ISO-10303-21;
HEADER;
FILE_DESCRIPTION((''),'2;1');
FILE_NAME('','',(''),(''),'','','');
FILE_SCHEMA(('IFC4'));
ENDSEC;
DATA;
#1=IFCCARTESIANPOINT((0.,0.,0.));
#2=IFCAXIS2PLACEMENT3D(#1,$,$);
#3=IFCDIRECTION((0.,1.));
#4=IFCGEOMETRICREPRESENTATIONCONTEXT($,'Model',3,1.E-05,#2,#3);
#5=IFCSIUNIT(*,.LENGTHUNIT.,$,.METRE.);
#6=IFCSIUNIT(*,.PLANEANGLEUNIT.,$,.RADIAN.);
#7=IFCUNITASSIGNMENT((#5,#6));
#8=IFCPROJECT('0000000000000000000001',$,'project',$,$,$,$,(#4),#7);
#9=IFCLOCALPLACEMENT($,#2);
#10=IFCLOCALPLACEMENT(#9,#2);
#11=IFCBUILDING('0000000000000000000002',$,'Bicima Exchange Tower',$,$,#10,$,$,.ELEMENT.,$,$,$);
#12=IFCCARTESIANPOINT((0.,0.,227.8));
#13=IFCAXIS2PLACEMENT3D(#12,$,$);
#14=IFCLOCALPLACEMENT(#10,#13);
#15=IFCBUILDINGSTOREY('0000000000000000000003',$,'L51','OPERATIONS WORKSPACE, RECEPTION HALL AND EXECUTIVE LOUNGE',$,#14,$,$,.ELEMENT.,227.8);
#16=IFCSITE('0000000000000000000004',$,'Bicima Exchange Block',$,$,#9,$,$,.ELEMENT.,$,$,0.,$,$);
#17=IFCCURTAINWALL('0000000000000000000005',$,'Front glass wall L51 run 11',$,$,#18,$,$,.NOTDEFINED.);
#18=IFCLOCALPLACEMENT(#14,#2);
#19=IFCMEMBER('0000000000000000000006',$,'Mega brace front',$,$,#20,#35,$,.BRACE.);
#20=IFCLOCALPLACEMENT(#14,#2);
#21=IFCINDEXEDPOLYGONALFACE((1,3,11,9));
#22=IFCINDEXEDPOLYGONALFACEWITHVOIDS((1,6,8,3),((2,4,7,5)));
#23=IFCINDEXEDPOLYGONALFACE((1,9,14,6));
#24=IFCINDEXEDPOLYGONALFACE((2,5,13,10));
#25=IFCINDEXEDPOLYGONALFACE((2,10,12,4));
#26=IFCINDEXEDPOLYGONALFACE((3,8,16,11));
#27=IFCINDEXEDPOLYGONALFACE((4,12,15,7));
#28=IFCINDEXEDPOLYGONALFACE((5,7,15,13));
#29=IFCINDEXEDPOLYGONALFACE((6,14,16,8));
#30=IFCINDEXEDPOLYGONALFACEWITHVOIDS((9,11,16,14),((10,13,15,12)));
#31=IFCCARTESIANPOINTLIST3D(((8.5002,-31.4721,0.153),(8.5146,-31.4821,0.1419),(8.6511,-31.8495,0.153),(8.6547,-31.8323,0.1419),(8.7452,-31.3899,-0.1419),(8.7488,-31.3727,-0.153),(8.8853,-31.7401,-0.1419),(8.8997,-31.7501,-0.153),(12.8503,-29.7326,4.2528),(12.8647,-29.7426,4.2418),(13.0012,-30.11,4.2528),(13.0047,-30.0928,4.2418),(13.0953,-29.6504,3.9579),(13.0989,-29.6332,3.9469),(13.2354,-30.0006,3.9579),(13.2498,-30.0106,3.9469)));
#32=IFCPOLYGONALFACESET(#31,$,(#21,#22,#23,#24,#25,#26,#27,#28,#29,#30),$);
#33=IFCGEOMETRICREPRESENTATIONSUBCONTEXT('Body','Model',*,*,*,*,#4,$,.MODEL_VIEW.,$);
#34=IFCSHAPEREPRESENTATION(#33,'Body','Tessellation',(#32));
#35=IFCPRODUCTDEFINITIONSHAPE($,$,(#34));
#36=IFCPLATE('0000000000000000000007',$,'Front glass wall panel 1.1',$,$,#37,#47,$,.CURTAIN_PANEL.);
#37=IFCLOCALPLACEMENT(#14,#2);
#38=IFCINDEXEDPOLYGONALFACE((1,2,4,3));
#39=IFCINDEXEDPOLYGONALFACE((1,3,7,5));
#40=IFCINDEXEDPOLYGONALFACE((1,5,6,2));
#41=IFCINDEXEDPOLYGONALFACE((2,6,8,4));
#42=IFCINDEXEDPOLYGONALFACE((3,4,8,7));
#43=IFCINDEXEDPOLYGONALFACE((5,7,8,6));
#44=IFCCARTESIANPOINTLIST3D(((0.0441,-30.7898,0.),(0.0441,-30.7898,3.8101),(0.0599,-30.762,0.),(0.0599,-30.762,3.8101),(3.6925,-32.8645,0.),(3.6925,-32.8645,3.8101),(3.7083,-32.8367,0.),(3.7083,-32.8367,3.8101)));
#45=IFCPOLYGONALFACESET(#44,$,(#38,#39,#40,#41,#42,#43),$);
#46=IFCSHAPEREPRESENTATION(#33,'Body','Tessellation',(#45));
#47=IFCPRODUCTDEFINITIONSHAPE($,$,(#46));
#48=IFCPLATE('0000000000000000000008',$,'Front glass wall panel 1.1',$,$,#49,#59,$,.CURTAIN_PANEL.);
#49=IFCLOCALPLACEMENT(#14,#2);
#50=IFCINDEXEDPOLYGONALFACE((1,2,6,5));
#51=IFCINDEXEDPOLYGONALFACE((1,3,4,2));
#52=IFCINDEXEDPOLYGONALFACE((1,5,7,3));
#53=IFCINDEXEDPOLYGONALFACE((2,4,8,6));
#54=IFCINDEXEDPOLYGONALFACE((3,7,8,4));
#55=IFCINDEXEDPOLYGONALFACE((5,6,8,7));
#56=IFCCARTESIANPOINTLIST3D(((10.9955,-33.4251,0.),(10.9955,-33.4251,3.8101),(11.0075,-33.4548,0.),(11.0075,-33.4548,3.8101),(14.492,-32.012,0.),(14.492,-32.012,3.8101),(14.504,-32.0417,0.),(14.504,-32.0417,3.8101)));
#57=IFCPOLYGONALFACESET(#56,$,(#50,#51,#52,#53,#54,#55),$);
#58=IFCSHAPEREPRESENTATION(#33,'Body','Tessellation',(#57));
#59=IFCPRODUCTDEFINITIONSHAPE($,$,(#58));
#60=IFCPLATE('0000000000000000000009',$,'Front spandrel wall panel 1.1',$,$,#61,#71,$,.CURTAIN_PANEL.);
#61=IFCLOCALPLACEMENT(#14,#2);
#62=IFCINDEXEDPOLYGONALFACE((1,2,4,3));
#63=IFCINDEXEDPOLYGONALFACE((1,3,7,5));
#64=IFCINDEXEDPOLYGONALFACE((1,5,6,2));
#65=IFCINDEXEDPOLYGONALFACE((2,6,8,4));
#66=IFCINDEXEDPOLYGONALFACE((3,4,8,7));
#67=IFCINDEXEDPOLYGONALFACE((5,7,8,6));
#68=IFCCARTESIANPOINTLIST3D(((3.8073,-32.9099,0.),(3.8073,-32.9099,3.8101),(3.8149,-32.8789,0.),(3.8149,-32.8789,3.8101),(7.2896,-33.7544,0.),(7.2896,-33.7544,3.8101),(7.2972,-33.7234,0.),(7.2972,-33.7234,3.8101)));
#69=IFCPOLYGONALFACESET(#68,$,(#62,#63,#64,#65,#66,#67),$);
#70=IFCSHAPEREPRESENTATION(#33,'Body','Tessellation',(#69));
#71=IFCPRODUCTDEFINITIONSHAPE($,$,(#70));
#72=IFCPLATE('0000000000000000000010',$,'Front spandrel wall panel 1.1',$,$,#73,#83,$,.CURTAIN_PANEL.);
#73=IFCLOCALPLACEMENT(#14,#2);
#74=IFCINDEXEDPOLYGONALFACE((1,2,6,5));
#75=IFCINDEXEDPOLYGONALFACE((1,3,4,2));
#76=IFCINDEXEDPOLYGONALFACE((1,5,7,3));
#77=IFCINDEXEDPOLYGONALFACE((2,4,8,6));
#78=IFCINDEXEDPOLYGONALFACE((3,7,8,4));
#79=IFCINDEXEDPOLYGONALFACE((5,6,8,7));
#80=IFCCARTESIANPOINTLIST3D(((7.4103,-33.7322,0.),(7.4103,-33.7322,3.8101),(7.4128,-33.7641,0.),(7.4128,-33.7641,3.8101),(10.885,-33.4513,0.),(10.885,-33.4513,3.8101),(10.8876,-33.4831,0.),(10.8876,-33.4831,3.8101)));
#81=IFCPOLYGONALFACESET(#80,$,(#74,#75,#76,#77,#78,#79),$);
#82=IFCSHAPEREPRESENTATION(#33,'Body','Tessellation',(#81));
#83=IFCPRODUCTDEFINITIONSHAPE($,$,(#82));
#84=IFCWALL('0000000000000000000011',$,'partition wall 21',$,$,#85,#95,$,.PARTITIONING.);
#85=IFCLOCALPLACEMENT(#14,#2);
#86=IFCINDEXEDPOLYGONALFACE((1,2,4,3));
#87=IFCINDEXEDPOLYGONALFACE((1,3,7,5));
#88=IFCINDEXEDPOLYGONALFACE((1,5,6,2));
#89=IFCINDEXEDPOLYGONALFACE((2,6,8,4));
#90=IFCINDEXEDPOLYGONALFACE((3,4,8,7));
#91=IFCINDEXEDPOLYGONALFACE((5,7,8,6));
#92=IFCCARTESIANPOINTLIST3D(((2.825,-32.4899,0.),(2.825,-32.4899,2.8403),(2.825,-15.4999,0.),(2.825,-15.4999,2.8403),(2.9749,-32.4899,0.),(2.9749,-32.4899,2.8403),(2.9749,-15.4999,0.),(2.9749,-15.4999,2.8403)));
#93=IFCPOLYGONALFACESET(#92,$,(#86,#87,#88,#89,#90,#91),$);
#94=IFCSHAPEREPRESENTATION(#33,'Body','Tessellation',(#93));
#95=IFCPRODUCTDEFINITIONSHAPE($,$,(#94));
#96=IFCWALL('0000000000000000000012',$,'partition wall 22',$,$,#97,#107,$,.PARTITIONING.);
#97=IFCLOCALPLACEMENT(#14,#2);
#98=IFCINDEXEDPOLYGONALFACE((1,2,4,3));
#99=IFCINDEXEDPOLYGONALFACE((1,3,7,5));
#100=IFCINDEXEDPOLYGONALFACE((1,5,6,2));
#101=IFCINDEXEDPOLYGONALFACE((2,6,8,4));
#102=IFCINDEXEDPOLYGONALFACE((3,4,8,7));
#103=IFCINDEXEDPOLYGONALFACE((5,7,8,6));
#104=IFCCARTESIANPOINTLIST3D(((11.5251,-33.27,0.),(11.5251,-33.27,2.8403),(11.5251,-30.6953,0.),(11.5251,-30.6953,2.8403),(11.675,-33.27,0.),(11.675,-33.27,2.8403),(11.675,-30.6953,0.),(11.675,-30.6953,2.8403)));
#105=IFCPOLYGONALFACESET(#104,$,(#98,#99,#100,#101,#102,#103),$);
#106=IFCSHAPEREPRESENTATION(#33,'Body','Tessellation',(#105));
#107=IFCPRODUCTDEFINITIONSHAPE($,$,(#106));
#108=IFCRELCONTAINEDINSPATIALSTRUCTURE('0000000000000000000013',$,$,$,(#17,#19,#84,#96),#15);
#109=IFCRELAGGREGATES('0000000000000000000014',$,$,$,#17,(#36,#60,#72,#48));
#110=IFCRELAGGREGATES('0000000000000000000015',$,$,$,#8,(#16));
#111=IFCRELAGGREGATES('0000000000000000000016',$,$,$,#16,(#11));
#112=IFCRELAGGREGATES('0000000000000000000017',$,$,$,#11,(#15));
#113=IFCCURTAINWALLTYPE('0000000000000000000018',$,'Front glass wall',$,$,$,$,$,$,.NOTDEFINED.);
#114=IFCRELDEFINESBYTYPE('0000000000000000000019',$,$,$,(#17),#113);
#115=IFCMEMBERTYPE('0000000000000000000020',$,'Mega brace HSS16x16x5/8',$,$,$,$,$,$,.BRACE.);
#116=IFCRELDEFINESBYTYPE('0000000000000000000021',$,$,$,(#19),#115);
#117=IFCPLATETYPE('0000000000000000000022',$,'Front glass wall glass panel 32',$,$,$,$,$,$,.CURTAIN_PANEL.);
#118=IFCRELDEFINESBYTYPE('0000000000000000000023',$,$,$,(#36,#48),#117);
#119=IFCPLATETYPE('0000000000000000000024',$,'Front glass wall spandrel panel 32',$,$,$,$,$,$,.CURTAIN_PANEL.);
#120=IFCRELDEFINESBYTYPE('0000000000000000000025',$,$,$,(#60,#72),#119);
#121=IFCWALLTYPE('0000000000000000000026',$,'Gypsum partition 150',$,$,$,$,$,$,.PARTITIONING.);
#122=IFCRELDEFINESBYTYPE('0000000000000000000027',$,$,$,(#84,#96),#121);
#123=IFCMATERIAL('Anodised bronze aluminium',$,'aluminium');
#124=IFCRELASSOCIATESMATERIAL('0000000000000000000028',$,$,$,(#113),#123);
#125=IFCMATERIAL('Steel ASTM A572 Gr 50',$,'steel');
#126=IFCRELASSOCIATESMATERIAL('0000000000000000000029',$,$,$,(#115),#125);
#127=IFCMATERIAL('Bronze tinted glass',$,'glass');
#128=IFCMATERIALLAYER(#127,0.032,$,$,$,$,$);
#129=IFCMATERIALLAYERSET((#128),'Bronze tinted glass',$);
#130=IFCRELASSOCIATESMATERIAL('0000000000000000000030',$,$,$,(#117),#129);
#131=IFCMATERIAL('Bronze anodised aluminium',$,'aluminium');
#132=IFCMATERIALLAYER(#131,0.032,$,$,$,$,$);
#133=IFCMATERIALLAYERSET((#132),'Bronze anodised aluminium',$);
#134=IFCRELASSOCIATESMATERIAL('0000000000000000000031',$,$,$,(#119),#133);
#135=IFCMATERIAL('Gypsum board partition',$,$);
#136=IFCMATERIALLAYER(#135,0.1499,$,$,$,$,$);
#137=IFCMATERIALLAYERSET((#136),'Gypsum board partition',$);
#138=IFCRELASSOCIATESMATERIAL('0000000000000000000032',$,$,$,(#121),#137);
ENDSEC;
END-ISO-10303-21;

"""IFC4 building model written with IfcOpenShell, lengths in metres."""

from ifc_helpers import new_model, si_unit, direction, frame, frame_2d, origin, origin_2d, place, context, subcontext, project, spatial, rectangle, hollow_rectangle, extrude, material, layer, layer_set, material_profile, profile_set, type_object, element, aggregate, save


model = new_model("IFC4")

# Units and contexts
model_context = context("Model", 3, precision=1e-05, world=origin(), true_north=direction((0.0, 1.0)))
body_context = subcontext(model_context, "Body", "Model", "MODEL_VIEW")
ifc_project = project(units=[si_unit("LENGTHUNIT", "METRE"), si_unit("PLANEANGLEUNIT", "RADIAN")], contexts=[model_context])

# Site, building, storey
site_placement = place(None, origin())
site = spatial("IfcSite", under=ifc_project, at=site_placement, Name="Bicima Exchange Block", CompositionType="ELEMENT", RefElevation=0.0)
building_placement = place(site_placement, origin())
building = spatial("IfcBuilding", under=site, at=building_placement, Name="Bicima Exchange Tower", CompositionType="ELEMENT")
storey_placement = place(building_placement, frame((0.0, 0.0, 227.8)))
storey = spatial("IfcBuildingStorey", under=building, at=storey_placement, Name="L51", Description="OPERATIONS WORKSPACE, RECEPTION HALL AND EXECUTIVE LOUNGE", CompositionType="ELEMENT", Elevation=227.8)

# Curtain wall
ifc_material_1 = material(Name="Anodised bronze aluminium", Category="aluminium")
curtain_wall_type = type_object("IfcCurtainWallType", Name="Front glass wall", PredefinedType="NOTDEFINED", material=ifc_material_1)
curtain_wall_placement = place(storey_placement, origin())
curtain_wall = element("IfcCurtainWall", 1, at=curtain_wall_placement, inside=storey, type_object=curtain_wall_type, Name="Front glass wall L51 run 11", PredefinedType="NOTDEFINED")

# Member
ifc_material_2 = material(Name="Steel ASTM A572 Gr 50", Category="steel")
ifc_material_profile_1 = material_profile(ifc_material_2, hollow_rectangle(XDim=0.4065, YDim=0.4065, WallThickness=0.0146, at=origin_2d()))
ifc_profile_set_1 = profile_set([ifc_material_profile_1], Name="Steel ASTM A572 Gr 50")
member_type_1 = type_object("IfcMemberType", Name="Mega brace HSS16x16x5/8", PredefinedType="BRACE", material=ifc_profile_set_1)
member_1_placement = place(storey_placement, frame((8.7, -31.6111, 0.0), z_axis=(0.698744, 0.279411, 0.658548), x_axis=(-0.371292, 0.928516, 0.0)))
element("IfcMember", 2, at=member_1_placement, inside=storey, type_object=member_type_1, Name="Mega brace front", PredefinedType="BRACE", context=body_context, shape_type="SweptSolid", body=[
    extrude(hollow_rectangle(XDim=0.4065, YDim=0.4065, WallThickness=0.0146, at=origin_2d()), origin(), (0.0, 0.0, 1.0), 6.2256),
])

# Plates
ifc_material_3 = material(Name="Bronze tinted glass", Category="glass")
ifc_layer_1 = layer(ifc_material_3, 0.032)
ifc_layer_set_1 = layer_set([ifc_layer_1], Name="Bronze tinted glass")
plate_type_1 = type_object("IfcPlateType", Name="Front glass wall glass panel 32", PredefinedType="CURTAIN_PANEL", material=ifc_layer_set_1)
plate_1_placement = place(storey_placement, frame((1.8762, -31.8132, 0.0), z_axis=(0.0, 0.0, 1.0), x_axis=(0.869274, -0.49433, 0.0)))
plate_1 = element("IfcPlate", 3, at=plate_1_placement, type_object=plate_type_1, Name="Front glass wall panel 1.1", PredefinedType="CURTAIN_PANEL", context=body_context, shape_type="SweptSolid", body=[
    extrude(rectangle(XDim=4.197, YDim=0.032, at=origin_2d()), origin(), (0.0, 0.0, 1.0), 3.8101),
])
plate_2_placement = place(storey_placement, frame((12.7498, -32.7334, 0.0), z_axis=(0.0, 0.0, 1.0), x_axis=(0.927144, 0.374705, 0.0)))
plate_2 = element("IfcPlate", 4, at=plate_2_placement, type_object=plate_type_1, Name="Front glass wall panel 1.1", PredefinedType="CURTAIN_PANEL", context=body_context, shape_type="SweptSolid", body=[
    extrude(rectangle(XDim=3.7712, YDim=0.032, at=origin_2d()), origin(), (0.0, 0.0, 1.0), 3.8101),
])
ifc_material_4 = material(Name="Bronze anodised aluminium", Category="aluminium")
ifc_layer_2 = layer(ifc_material_4, 0.032)
ifc_layer_set_2 = layer_set([ifc_layer_2], Name="Bronze anodised aluminium")
plate_type_2 = type_object("IfcPlateType", Name="Front glass wall spandrel panel 32", PredefinedType="CURTAIN_PANEL", material=ifc_layer_set_2)
plate_3_placement = place(storey_placement, frame((5.5522, -33.3167, 0.0), z_axis=(0.0, 0.0, 1.0), x_axis=(0.97183, -0.235682, 0.0)))
plate_3 = element("IfcPlate", 5, at=plate_3_placement, type_object=plate_type_2, Name="Front spandrel wall panel 1.1", PredefinedType="CURTAIN_PANEL", context=body_context, shape_type="SweptSolid", body=[
    extrude(rectangle(XDim=3.5833, YDim=0.032, at=origin_2d()), origin(), (0.0, 0.0, 1.0), 3.8101),
])
plate_4_placement = place(storey_placement, frame((9.1489, -33.6077, 0.0), z_axis=(0.0, 0.0, 1.0), x_axis=(0.996747, 0.080589, 0.0)))
plate_4 = element("IfcPlate", 6, at=plate_4_placement, type_object=plate_type_2, Name="Front spandrel wall panel 1.1", PredefinedType="CURTAIN_PANEL", context=body_context, shape_type="SweptSolid", body=[
    extrude(rectangle(XDim=3.4861, YDim=0.032, at=origin_2d()), origin(), (0.0, 0.0, 1.0), 3.8101),
])
aggregate(curtain_wall, [plate_1, plate_3, plate_4, plate_2])

# Walls
ifc_material_5 = material(Name="Gypsum board partition")
ifc_layer_3 = layer(ifc_material_5, 0.1499)
ifc_layer_set_3 = layer_set([ifc_layer_3], Name="Gypsum board partition")
wall_type = type_object("IfcWallType", Name="Gypsum partition 150", PredefinedType="PARTITIONING", material=ifc_layer_set_3)
wall_1_placement = place(storey_placement, frame((2.8999, -32.49, 0.0), z_axis=(0.0, 0.0, 1.0), x_axis=(0.0, 1.0, 0.0)))
element("IfcWall", 7, at=wall_1_placement, inside=storey, type_object=wall_type, Name="partition wall 21", PredefinedType="PARTITIONING", context=body_context, shape_type="SweptSolid", body=[
    extrude(rectangle(XDim=16.99, YDim=0.1499, at=frame_2d((8.4951, 0.0))), origin(), (0.0, 0.0, 1.0), 2.8403),
])
wall_2_placement = place(storey_placement, frame((11.6001, -33.27, 0.0), z_axis=(0.0, 0.0, 1.0), x_axis=(0.0, 1.0, 0.0)))
element("IfcWall", 8, at=wall_2_placement, inside=storey, type_object=wall_type, Name="partition wall 22", PredefinedType="PARTITIONING", context=body_context, shape_type="SweptSolid", body=[
    extrude(rectangle(XDim=2.5747, YDim=0.1499, at=frame_2d((1.2874, 0.0))), origin(), (0.0, 0.0, 1.0), 2.8403),
])

save(model, "model.ifc")
